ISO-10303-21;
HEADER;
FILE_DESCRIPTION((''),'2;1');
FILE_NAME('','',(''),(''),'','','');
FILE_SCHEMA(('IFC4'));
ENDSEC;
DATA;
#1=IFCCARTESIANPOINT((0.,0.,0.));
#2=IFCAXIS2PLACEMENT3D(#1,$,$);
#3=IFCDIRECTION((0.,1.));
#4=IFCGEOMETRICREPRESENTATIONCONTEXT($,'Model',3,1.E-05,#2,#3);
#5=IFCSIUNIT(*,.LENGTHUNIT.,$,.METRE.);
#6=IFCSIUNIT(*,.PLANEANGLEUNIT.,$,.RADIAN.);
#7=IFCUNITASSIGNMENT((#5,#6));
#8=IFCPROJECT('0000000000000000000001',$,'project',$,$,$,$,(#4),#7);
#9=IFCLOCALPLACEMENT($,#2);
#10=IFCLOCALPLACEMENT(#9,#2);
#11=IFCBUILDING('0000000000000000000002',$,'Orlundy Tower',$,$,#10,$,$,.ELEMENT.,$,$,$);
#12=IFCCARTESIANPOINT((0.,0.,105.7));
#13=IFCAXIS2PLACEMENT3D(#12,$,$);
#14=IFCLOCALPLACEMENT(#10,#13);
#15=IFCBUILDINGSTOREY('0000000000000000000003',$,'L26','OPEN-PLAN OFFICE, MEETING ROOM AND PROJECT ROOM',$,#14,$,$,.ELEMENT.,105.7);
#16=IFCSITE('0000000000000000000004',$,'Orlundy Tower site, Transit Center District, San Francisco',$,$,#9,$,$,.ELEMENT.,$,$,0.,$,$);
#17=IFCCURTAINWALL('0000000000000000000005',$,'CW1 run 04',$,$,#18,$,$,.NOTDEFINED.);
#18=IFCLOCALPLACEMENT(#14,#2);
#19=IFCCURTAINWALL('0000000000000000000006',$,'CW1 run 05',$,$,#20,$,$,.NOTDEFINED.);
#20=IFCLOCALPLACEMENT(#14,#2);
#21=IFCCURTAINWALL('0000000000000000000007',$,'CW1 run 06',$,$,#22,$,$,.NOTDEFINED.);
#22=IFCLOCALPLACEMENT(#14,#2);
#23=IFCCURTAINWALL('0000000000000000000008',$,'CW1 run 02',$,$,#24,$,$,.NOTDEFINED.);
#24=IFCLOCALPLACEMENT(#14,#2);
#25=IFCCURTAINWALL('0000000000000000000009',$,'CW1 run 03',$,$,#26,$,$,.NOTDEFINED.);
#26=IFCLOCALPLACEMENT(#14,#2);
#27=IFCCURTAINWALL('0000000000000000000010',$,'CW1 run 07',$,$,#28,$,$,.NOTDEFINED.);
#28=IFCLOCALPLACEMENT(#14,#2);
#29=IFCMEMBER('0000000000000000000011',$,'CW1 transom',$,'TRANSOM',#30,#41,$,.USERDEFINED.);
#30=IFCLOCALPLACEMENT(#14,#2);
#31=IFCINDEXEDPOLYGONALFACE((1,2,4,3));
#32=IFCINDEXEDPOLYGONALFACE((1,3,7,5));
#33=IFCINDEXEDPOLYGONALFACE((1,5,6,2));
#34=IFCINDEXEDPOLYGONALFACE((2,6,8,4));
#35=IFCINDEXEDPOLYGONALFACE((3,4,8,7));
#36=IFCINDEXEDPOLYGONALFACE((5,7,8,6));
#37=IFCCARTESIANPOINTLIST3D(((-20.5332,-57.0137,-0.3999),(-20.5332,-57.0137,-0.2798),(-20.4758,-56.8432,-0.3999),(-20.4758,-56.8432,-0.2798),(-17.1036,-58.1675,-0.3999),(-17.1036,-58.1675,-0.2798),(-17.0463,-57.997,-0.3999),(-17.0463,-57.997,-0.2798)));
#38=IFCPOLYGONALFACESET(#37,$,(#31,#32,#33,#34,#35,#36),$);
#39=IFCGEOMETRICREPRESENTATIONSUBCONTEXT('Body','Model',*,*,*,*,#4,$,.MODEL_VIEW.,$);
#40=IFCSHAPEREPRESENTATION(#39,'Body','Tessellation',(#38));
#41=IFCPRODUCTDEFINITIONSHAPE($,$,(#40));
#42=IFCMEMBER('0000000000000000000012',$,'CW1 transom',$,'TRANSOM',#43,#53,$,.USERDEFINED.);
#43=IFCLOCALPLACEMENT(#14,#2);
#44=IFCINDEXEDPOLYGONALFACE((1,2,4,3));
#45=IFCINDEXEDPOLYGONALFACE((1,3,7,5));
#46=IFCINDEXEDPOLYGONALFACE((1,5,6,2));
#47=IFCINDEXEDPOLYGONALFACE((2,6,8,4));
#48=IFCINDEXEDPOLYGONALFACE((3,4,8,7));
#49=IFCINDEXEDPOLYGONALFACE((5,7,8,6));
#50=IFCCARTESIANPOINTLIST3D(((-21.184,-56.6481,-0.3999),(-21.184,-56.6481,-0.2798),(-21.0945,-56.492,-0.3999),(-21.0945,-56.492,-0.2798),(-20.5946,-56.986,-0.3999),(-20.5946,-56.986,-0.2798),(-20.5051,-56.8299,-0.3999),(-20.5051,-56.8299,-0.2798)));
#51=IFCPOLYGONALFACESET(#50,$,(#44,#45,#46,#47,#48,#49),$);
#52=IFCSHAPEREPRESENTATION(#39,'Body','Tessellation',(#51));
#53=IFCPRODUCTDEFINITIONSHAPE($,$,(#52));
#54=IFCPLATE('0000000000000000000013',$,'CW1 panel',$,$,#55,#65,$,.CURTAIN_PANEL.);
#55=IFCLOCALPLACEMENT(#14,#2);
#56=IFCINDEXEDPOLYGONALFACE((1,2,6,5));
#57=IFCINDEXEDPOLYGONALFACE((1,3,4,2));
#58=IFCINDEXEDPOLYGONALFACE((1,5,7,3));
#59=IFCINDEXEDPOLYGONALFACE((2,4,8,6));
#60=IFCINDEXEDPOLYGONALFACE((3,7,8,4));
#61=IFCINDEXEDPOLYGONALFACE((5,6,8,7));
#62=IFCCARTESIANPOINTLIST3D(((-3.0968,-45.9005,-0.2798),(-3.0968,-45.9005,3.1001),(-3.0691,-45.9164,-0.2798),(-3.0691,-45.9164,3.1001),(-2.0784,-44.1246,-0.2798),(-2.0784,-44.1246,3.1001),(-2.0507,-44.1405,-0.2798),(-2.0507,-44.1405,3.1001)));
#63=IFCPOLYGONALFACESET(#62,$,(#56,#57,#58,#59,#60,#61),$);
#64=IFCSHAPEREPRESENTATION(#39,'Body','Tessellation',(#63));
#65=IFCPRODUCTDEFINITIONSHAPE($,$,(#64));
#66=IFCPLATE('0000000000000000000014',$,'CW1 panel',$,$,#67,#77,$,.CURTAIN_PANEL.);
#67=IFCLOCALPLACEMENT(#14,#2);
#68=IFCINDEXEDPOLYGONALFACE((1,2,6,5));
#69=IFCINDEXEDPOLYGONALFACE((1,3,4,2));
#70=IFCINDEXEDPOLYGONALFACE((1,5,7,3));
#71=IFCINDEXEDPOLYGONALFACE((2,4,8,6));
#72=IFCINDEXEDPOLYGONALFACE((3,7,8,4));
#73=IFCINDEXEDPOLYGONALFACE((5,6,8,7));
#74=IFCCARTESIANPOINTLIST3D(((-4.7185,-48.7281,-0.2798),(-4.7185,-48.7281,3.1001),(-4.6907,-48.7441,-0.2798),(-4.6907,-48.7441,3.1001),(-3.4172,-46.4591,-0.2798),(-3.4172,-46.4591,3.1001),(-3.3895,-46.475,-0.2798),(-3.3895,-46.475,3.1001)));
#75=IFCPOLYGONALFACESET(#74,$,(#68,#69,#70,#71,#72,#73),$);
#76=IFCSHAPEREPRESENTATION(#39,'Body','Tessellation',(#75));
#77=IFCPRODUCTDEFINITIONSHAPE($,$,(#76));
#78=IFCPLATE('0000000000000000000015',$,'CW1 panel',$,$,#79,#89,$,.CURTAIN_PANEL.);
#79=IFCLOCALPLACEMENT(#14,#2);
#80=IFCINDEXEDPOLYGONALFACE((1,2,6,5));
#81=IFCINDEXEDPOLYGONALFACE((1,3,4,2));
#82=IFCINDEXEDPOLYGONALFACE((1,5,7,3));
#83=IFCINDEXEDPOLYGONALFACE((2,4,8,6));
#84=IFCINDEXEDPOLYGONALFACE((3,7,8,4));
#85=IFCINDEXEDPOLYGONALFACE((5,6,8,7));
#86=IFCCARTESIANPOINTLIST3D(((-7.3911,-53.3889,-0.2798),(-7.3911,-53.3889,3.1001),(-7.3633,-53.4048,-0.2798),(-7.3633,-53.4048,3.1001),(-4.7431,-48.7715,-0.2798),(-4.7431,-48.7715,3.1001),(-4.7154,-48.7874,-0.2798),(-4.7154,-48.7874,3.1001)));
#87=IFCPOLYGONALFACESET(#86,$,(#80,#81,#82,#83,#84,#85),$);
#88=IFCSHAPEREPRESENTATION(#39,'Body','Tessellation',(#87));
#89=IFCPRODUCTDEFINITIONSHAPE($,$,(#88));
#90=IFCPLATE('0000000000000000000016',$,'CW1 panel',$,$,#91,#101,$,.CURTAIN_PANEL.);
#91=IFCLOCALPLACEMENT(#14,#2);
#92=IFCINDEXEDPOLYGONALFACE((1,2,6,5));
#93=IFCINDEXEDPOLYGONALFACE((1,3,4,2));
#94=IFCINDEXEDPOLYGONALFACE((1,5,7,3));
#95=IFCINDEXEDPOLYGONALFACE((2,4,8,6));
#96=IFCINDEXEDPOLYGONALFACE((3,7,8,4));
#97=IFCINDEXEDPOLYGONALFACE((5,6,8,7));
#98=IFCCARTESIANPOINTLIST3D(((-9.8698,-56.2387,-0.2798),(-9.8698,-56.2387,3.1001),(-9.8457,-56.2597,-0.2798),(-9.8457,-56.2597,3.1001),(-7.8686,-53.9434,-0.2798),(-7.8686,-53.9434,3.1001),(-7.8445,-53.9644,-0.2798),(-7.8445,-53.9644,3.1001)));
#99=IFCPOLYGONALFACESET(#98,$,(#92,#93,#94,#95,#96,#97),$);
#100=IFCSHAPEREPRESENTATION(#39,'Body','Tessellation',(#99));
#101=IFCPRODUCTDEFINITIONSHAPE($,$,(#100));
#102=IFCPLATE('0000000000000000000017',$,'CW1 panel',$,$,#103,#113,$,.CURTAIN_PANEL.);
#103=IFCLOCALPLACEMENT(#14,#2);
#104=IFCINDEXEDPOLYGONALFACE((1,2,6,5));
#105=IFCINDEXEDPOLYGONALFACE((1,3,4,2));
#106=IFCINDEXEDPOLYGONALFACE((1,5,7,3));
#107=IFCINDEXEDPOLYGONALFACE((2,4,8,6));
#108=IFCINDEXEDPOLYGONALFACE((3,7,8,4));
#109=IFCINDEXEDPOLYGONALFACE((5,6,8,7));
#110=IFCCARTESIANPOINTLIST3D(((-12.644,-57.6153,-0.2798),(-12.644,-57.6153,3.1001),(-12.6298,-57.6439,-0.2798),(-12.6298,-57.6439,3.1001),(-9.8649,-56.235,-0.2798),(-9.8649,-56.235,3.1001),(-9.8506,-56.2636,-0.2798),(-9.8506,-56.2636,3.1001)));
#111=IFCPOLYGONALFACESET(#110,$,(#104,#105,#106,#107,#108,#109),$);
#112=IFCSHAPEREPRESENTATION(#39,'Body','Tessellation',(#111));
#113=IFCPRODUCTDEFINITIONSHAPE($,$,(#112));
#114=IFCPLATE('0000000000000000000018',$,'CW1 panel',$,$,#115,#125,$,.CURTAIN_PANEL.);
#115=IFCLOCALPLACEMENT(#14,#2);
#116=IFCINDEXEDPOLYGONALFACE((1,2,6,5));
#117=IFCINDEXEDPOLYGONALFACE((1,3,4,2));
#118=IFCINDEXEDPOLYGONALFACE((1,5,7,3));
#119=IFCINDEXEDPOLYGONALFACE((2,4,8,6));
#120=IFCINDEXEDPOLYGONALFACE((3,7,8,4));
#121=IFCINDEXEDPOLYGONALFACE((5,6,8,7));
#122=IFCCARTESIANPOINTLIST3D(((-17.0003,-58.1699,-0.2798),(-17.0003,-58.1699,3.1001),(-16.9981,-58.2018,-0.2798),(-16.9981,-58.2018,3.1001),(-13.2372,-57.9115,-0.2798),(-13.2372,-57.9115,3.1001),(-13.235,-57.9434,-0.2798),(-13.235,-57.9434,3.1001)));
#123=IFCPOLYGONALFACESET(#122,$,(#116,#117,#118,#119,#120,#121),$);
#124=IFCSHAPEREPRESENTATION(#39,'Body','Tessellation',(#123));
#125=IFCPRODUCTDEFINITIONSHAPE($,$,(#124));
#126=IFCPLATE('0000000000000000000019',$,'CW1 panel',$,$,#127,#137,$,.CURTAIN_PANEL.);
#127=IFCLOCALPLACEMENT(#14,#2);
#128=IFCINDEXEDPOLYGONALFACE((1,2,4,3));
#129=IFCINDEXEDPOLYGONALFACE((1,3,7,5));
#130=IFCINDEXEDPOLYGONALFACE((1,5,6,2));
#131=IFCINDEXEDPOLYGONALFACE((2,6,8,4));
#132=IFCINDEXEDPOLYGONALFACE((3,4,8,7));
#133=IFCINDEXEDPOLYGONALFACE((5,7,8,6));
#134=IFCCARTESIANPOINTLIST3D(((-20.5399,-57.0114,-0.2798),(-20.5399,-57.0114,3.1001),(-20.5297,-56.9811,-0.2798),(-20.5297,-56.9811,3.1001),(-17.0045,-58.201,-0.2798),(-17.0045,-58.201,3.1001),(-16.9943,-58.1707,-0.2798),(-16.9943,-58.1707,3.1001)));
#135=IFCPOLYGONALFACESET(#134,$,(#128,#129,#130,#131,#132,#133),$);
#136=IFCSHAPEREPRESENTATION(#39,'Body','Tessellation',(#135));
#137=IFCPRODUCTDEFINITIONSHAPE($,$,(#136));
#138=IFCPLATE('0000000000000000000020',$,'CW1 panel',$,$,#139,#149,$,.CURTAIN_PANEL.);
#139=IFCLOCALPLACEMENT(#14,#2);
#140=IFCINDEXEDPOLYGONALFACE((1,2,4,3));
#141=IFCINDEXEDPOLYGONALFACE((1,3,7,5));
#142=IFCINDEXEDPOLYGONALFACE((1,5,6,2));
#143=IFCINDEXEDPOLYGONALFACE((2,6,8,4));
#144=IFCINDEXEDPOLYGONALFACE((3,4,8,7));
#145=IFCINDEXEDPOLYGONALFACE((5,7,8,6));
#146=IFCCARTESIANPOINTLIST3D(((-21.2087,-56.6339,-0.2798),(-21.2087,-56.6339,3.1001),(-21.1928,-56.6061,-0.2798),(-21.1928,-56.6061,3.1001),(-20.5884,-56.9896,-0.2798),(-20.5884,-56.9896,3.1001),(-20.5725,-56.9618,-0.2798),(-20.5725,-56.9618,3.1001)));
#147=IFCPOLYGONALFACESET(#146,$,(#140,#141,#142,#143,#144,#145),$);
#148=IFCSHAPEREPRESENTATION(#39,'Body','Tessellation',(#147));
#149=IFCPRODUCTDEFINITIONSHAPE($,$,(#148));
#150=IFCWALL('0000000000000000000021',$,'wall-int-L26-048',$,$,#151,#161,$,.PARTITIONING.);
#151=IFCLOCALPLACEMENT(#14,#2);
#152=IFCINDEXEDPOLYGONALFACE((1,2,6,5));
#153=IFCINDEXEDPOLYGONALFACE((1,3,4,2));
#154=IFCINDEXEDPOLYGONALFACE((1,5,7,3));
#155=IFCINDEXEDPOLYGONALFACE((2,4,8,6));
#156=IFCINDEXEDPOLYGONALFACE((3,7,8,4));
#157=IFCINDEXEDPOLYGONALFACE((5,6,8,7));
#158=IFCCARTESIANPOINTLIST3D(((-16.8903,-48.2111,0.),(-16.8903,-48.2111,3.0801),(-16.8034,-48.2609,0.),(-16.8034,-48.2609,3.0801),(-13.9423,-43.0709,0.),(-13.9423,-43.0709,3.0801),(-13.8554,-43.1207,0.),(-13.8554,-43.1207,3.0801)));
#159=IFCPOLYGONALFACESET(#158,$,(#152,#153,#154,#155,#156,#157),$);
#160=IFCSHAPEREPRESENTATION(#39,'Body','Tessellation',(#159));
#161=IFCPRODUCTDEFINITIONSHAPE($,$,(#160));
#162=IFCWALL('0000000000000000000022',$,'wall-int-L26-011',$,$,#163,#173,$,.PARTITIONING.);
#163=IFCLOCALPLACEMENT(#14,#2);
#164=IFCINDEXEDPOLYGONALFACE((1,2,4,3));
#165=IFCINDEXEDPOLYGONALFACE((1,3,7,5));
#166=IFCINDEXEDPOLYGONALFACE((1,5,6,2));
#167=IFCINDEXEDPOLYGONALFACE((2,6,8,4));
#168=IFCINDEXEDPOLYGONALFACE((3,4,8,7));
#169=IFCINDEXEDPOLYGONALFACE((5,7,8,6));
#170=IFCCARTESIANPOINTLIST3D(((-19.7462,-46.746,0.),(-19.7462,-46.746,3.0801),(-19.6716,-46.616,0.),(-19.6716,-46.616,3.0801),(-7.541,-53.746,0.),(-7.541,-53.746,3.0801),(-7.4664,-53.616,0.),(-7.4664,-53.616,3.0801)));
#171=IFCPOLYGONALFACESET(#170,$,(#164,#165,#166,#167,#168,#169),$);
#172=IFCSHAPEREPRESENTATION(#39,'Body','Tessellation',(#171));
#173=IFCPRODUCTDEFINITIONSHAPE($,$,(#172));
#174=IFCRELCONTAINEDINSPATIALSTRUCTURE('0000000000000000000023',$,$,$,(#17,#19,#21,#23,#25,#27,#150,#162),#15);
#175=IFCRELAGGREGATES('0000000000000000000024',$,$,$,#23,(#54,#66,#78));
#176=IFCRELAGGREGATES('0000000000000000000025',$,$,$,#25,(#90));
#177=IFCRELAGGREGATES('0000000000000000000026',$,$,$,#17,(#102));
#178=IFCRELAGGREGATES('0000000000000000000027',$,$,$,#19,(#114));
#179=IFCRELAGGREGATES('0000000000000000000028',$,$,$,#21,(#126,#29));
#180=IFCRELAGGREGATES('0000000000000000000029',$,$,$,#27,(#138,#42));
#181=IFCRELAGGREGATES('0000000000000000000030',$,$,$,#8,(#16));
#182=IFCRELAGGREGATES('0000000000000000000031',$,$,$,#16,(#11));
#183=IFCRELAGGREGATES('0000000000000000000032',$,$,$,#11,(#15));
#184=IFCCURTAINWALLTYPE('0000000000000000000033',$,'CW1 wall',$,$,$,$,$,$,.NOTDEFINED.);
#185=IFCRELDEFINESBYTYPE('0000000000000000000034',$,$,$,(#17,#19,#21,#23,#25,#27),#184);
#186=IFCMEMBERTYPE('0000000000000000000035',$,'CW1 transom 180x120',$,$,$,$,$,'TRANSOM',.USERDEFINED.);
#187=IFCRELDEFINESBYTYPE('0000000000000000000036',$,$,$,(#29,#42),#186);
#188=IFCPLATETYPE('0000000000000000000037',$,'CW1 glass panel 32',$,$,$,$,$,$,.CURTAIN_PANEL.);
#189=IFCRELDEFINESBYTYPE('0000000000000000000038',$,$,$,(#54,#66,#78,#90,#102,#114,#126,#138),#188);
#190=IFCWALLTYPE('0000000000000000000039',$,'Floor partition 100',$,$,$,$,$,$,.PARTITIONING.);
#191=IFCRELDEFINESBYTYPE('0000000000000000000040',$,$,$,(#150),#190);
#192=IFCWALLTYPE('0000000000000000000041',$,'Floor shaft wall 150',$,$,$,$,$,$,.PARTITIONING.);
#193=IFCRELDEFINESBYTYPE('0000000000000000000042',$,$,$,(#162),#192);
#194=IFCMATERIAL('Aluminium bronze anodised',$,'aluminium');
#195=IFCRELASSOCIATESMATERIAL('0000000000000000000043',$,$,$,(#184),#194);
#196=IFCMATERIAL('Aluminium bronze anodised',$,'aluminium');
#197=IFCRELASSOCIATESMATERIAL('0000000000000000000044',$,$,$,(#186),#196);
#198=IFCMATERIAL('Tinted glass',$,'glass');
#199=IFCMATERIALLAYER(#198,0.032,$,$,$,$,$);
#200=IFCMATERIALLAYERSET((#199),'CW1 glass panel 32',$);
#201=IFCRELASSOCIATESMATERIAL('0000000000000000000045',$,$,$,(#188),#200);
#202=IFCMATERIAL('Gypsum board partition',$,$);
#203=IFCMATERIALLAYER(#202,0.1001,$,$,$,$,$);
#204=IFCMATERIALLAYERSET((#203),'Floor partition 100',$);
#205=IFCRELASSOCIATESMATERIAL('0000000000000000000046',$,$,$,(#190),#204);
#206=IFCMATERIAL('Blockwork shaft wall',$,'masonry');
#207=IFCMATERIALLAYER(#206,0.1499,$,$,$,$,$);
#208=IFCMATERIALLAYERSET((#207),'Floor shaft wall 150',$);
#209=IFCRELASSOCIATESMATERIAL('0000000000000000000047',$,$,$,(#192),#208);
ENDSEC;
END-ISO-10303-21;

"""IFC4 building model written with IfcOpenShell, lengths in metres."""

from ifc_helpers import new_model, si_unit, direction, frame, frame_2d, origin, origin_2d, place, context, subcontext, project, spatial, rectangle, extrude, material, layer, layer_set, material_profile, profile_set, type_object, element, aggregate, save


model = new_model("IFC4")

# Units and contexts
model_context = context("Model", 3, precision=1e-05, world=origin(), true_north=direction((0.0, 1.0)))
body_context = subcontext(model_context, "Body", "Model", "MODEL_VIEW")
ifc_project = project(units=[si_unit("LENGTHUNIT", "METRE"), si_unit("PLANEANGLEUNIT", "RADIAN")], contexts=[model_context])

# Site, building, storey
site_placement = place(None, origin())
site = spatial("IfcSite", under=ifc_project, at=site_placement, Name="Orlundy Tower site, Transit Center District, San Francisco", CompositionType="ELEMENT", RefElevation=0.0)
building_placement = place(site_placement, origin())
building = spatial("IfcBuilding", under=site, at=building_placement, Name="Orlundy Tower", CompositionType="ELEMENT")
storey_placement = place(building_placement, frame((0.0, 0.0, 105.7)))
storey = spatial("IfcBuildingStorey", under=building, at=storey_placement, Name="L26", Description="OPEN-PLAN OFFICE, MEETING ROOM AND PROJECT ROOM", CompositionType="ELEMENT", Elevation=105.7)

# Curtain walls
ifc_material_1 = material(Name="Aluminium bronze anodised", Category="aluminium")
curtain_wall_type = type_object("IfcCurtainWallType", Name="CW1 wall", PredefinedType="NOTDEFINED", material=ifc_material_1)
curtain_wall_1_placement = place(storey_placement, origin())
curtain_wall_1 = element("IfcCurtainWall", 1, at=curtain_wall_1_placement, inside=storey, type_object=curtain_wall_type, Name="CW1 run 04", PredefinedType="NOTDEFINED")
curtain_wall_2_placement = place(storey_placement, origin())
curtain_wall_2 = element("IfcCurtainWall", 2, at=curtain_wall_2_placement, inside=storey, type_object=curtain_wall_type, Name="CW1 run 05", PredefinedType="NOTDEFINED")
curtain_wall_3_placement = place(storey_placement, origin())
curtain_wall_3 = element("IfcCurtainWall", 3, at=curtain_wall_3_placement, inside=storey, type_object=curtain_wall_type, Name="CW1 run 06", PredefinedType="NOTDEFINED")
curtain_wall_4_placement = place(storey_placement, origin())
curtain_wall_4 = element("IfcCurtainWall", 4, at=curtain_wall_4_placement, inside=storey, type_object=curtain_wall_type, Name="CW1 run 02", PredefinedType="NOTDEFINED")
curtain_wall_5_placement = place(storey_placement, origin())
curtain_wall_5 = element("IfcCurtainWall", 5, at=curtain_wall_5_placement, inside=storey, type_object=curtain_wall_type, Name="CW1 run 03", PredefinedType="NOTDEFINED")
curtain_wall_6_placement = place(storey_placement, origin())
curtain_wall_6 = element("IfcCurtainWall", 6, at=curtain_wall_6_placement, inside=storey, type_object=curtain_wall_type, Name="CW1 run 07", PredefinedType="NOTDEFINED")

# Members
ifc_material_2 = material(Name="Aluminium bronze anodised", Category="aluminium")
ifc_material_profile_1 = material_profile(ifc_material_2, rectangle(XDim=0.1799, YDim=0.1201, at=origin_2d()), Name="CW1 transom 180x120")
ifc_profile_set_1 = profile_set([ifc_material_profile_1], Name="Aluminium bronze anodised")
member_type_1 = type_object("IfcMemberType", Name="CW1 transom 180x120", ElementType="TRANSOM", PredefinedType="USERDEFINED", material=ifc_profile_set_1)
member_1_placement = place(storey_placement, frame((-17.075, -58.0823, -0.3398), z_axis=(-0.947796, 0.318878, 0.0), x_axis=(-0.318878, -0.947796, 0.0)))
member_1 = element("IfcMember", 7, at=member_1_placement, type_object=member_type_1, Name="CW1 transom", ObjectType="TRANSOM", PredefinedType="USERDEFINED", context=body_context, shape_type="SweptSolid", body=[
    extrude(rectangle(XDim=0.1799, YDim=0.1201, at=origin_2d()), origin(), (0.0, 0.0, 1.0), 3.6184),
])
member_2_placement = place(storey_placement, frame((-20.5498, -56.908, -0.3398), z_axis=(-0.867535, 0.497377, 0.0), x_axis=(-0.497377, -0.867535, 0.0)))
member_2 = element("IfcMember", 8, at=member_2_placement, type_object=member_type_1, Name="CW1 transom", ObjectType="TRANSOM", PredefinedType="USERDEFINED", context=body_context, shape_type="SweptSolid", body=[
    extrude(rectangle(XDim=0.1799, YDim=0.1201, at=origin_2d()), origin(), (0.0, 0.0, 1.0), 0.6794),
])

# Plates
ifc_material_3 = material(Name="Tinted glass", Category="glass")
ifc_layer_1 = layer(ifc_material_3, 0.032)
ifc_layer_set_1 = layer_set([ifc_layer_1], Name="CW1 glass panel 32")
plate_type = type_object("IfcPlateType", Name="CW1 glass panel 32", PredefinedType="CURTAIN_PANEL", material=ifc_layer_set_1)
plate_1_placement = place(storey_placement, frame((-2.5737, -45.0205, -0.2798), z_axis=(0.0, 0.0, 1.0), x_axis=(-0.497473, -0.867479, 0.0)))
plate_1 = element("IfcPlate", 9, at=plate_1_placement, type_object=plate_type, Name="CW1 panel", PredefinedType="CURTAIN_PANEL", context=body_context, shape_type="SweptSolid", body=[
    extrude(rectangle(XDim=2.0471, YDim=0.032, at=origin_2d()), origin(), (0.0, 0.0, 1.0), 3.3799),
])
plate_2_placement = place(storey_placement, frame((-4.054, -47.6016, -0.2798), z_axis=(0.0, 0.0, 1.0), x_axis=(-0.497473, -0.867479, 0.0)))
plate_2 = element("IfcPlate", 10, at=plate_2_placement, type_object=plate_type, Name="CW1 panel", PredefinedType="CURTAIN_PANEL", context=body_context, shape_type="SweptSolid", body=[
    extrude(rectangle(XDim=2.6157, YDim=0.032, at=origin_2d()), origin(), (0.0, 0.0, 1.0), 3.3799),
])
plate_3_placement = place(storey_placement, frame((-6.0532, -51.0881, -0.2798), z_axis=(0.0, 0.0, 1.0), x_axis=(-0.497473, -0.867479, 0.0)))
plate_3 = element("IfcPlate", 11, at=plate_3_placement, type_object=plate_type, Name="CW1 panel", PredefinedType="CURTAIN_PANEL", context=body_context, shape_type="SweptSolid", body=[
    extrude(rectangle(XDim=5.3228, YDim=0.032, at=origin_2d()), origin(), (0.0, 0.0, 1.0), 3.3799),
])
aggregate(curtain_wall_4, [plate_1, plate_2, plate_3])
plate_4_placement = place(storey_placement, frame((-8.8572, -55.1016, -0.2798), z_axis=(0.0, 0.0, 1.0), x_axis=(-0.657167, -0.753745, 0.0)))
plate_4 = element("IfcPlate", 12, at=plate_4_placement, type_object=plate_type, Name="CW1 panel", PredefinedType="CURTAIN_PANEL", context=body_context, shape_type="SweptSolid", body=[
    extrude(rectangle(XDim=3.0452, YDim=0.032, at=origin_2d()), origin(), (0.0, 0.0, 1.0), 3.3799),
])
aggregate(curtain_wall_5, [plate_4])
plate_5_placement = place(storey_placement, frame((-11.2473, -56.9395, -0.2798), z_axis=(0.0, 0.0, 1.0), x_axis=(-0.895611, -0.444838, 0.0)))
plate_5 = element("IfcPlate", 13, at=plate_5_placement, type_object=plate_type, Name="CW1 panel", PredefinedType="CURTAIN_PANEL", context=body_context, shape_type="SweptSolid", body=[
    extrude(rectangle(XDim=3.103, YDim=0.032, at=origin_2d()), origin(), (0.0, 0.0, 1.0), 3.3799),
])
aggregate(curtain_wall_1, [plate_5])
plate_6_placement = place(storey_placement, frame((-15.1177, -58.0566, -0.2798), z_axis=(0.0, 0.0, 1.0), x_axis=(-0.997649, -0.068524, 0.0)))
plate_6 = element("IfcPlate", 14, at=plate_6_placement, type_object=plate_type, Name="CW1 panel", PredefinedType="CURTAIN_PANEL", context=body_context, shape_type="SweptSolid", body=[
    extrude(rectangle(XDim=3.772, YDim=0.032, at=origin_2d()), origin(), (0.0, 0.0, 1.0), 3.3799),
])
aggregate(curtain_wall_2, [plate_6])
plate_7_placement = place(storey_placement, frame((-18.7671, -57.5911, -0.2798), z_axis=(0.0, 0.0, 1.0), x_axis=(-0.947789, 0.318897, 0.0)))
plate_7 = element("IfcPlate", 15, at=plate_7_placement, type_object=plate_type, Name="CW1 panel", PredefinedType="CURTAIN_PANEL", context=body_context, shape_type="SweptSolid", body=[
    extrude(rectangle(XDim=3.7302, YDim=0.032, at=origin_2d()), origin(), (0.0, 0.0, 1.0), 3.3799),
])
aggregate(curtain_wall_3, [plate_7, member_1])
plate_8_placement = place(storey_placement, frame((-20.8906, -56.7979, -0.2798), z_axis=(0.0, 0.0, 1.0), x_axis=(-0.867477, 0.497477, 0.0)))
plate_8 = element("IfcPlate", 16, at=plate_8_placement, type_object=plate_type, Name="CW1 panel", PredefinedType="CURTAIN_PANEL", context=body_context, shape_type="SweptSolid", body=[
    extrude(rectangle(XDim=0.7151, YDim=0.032, at=origin_2d()), origin(), (0.0, 0.0, 1.0), 3.3799),
])
aggregate(curtain_wall_6, [plate_8, member_2])

# Walls
ifc_material_4 = material(Name="Gypsum board partition")
ifc_layer_2 = layer(ifc_material_4, 0.1001)
ifc_layer_set_2 = layer_set([ifc_layer_2], Name="Floor partition 100")
wall_type_1 = type_object("IfcWallType", Name="Floor partition 100", PredefinedType="PARTITIONING", material=ifc_layer_set_2)
wall_1_placement = place(storey_placement, frame((-16.8469, -48.2361, 0.0), z_axis=(0.0, 0.0, 1.0), x_axis=(0.497509, 0.867459, 0.0)))
element("IfcWall", 17, at=wall_1_placement, inside=storey, type_object=wall_type_1, Name="wall-int-L26-048", PredefinedType="PARTITIONING", context=body_context, shape_type="SweptSolid", body=[
    extrude(rectangle(XDim=5.9255, YDim=0.1001, at=frame_2d((2.9629, 0.0))), origin(), (0.0, 0.0, 1.0), 3.0801),
])
ifc_material_5 = material(Name="Blockwork shaft wall", Category="masonry")
ifc_layer_3 = layer(ifc_material_5, 0.1499)
ifc_layer_set_3 = layer_set([ifc_layer_3], Name="Floor shaft wall 150")
wall_type_2 = type_object("IfcWallType", Name="Floor shaft wall 150", PredefinedType="PARTITIONING", material=ifc_layer_set_3)
wall_2_placement = place(storey_placement, frame((-19.709, -46.6809, 0.0), z_axis=(0.0, 0.0, 1.0), x_axis=(0.867456, -0.497514, 0.0)))
element("IfcWall", 18, at=wall_2_placement, inside=storey, type_object=wall_type_2, Name="wall-int-L26-011", PredefinedType="PARTITIONING", context=body_context, shape_type="SweptSolid", body=[
    extrude(rectangle(XDim=14.0701, YDim=0.1499, at=frame_2d((7.0352, 0.0))), origin(), (0.0, 0.0, 1.0), 3.0801),
])

save(model, "model.ifc")
